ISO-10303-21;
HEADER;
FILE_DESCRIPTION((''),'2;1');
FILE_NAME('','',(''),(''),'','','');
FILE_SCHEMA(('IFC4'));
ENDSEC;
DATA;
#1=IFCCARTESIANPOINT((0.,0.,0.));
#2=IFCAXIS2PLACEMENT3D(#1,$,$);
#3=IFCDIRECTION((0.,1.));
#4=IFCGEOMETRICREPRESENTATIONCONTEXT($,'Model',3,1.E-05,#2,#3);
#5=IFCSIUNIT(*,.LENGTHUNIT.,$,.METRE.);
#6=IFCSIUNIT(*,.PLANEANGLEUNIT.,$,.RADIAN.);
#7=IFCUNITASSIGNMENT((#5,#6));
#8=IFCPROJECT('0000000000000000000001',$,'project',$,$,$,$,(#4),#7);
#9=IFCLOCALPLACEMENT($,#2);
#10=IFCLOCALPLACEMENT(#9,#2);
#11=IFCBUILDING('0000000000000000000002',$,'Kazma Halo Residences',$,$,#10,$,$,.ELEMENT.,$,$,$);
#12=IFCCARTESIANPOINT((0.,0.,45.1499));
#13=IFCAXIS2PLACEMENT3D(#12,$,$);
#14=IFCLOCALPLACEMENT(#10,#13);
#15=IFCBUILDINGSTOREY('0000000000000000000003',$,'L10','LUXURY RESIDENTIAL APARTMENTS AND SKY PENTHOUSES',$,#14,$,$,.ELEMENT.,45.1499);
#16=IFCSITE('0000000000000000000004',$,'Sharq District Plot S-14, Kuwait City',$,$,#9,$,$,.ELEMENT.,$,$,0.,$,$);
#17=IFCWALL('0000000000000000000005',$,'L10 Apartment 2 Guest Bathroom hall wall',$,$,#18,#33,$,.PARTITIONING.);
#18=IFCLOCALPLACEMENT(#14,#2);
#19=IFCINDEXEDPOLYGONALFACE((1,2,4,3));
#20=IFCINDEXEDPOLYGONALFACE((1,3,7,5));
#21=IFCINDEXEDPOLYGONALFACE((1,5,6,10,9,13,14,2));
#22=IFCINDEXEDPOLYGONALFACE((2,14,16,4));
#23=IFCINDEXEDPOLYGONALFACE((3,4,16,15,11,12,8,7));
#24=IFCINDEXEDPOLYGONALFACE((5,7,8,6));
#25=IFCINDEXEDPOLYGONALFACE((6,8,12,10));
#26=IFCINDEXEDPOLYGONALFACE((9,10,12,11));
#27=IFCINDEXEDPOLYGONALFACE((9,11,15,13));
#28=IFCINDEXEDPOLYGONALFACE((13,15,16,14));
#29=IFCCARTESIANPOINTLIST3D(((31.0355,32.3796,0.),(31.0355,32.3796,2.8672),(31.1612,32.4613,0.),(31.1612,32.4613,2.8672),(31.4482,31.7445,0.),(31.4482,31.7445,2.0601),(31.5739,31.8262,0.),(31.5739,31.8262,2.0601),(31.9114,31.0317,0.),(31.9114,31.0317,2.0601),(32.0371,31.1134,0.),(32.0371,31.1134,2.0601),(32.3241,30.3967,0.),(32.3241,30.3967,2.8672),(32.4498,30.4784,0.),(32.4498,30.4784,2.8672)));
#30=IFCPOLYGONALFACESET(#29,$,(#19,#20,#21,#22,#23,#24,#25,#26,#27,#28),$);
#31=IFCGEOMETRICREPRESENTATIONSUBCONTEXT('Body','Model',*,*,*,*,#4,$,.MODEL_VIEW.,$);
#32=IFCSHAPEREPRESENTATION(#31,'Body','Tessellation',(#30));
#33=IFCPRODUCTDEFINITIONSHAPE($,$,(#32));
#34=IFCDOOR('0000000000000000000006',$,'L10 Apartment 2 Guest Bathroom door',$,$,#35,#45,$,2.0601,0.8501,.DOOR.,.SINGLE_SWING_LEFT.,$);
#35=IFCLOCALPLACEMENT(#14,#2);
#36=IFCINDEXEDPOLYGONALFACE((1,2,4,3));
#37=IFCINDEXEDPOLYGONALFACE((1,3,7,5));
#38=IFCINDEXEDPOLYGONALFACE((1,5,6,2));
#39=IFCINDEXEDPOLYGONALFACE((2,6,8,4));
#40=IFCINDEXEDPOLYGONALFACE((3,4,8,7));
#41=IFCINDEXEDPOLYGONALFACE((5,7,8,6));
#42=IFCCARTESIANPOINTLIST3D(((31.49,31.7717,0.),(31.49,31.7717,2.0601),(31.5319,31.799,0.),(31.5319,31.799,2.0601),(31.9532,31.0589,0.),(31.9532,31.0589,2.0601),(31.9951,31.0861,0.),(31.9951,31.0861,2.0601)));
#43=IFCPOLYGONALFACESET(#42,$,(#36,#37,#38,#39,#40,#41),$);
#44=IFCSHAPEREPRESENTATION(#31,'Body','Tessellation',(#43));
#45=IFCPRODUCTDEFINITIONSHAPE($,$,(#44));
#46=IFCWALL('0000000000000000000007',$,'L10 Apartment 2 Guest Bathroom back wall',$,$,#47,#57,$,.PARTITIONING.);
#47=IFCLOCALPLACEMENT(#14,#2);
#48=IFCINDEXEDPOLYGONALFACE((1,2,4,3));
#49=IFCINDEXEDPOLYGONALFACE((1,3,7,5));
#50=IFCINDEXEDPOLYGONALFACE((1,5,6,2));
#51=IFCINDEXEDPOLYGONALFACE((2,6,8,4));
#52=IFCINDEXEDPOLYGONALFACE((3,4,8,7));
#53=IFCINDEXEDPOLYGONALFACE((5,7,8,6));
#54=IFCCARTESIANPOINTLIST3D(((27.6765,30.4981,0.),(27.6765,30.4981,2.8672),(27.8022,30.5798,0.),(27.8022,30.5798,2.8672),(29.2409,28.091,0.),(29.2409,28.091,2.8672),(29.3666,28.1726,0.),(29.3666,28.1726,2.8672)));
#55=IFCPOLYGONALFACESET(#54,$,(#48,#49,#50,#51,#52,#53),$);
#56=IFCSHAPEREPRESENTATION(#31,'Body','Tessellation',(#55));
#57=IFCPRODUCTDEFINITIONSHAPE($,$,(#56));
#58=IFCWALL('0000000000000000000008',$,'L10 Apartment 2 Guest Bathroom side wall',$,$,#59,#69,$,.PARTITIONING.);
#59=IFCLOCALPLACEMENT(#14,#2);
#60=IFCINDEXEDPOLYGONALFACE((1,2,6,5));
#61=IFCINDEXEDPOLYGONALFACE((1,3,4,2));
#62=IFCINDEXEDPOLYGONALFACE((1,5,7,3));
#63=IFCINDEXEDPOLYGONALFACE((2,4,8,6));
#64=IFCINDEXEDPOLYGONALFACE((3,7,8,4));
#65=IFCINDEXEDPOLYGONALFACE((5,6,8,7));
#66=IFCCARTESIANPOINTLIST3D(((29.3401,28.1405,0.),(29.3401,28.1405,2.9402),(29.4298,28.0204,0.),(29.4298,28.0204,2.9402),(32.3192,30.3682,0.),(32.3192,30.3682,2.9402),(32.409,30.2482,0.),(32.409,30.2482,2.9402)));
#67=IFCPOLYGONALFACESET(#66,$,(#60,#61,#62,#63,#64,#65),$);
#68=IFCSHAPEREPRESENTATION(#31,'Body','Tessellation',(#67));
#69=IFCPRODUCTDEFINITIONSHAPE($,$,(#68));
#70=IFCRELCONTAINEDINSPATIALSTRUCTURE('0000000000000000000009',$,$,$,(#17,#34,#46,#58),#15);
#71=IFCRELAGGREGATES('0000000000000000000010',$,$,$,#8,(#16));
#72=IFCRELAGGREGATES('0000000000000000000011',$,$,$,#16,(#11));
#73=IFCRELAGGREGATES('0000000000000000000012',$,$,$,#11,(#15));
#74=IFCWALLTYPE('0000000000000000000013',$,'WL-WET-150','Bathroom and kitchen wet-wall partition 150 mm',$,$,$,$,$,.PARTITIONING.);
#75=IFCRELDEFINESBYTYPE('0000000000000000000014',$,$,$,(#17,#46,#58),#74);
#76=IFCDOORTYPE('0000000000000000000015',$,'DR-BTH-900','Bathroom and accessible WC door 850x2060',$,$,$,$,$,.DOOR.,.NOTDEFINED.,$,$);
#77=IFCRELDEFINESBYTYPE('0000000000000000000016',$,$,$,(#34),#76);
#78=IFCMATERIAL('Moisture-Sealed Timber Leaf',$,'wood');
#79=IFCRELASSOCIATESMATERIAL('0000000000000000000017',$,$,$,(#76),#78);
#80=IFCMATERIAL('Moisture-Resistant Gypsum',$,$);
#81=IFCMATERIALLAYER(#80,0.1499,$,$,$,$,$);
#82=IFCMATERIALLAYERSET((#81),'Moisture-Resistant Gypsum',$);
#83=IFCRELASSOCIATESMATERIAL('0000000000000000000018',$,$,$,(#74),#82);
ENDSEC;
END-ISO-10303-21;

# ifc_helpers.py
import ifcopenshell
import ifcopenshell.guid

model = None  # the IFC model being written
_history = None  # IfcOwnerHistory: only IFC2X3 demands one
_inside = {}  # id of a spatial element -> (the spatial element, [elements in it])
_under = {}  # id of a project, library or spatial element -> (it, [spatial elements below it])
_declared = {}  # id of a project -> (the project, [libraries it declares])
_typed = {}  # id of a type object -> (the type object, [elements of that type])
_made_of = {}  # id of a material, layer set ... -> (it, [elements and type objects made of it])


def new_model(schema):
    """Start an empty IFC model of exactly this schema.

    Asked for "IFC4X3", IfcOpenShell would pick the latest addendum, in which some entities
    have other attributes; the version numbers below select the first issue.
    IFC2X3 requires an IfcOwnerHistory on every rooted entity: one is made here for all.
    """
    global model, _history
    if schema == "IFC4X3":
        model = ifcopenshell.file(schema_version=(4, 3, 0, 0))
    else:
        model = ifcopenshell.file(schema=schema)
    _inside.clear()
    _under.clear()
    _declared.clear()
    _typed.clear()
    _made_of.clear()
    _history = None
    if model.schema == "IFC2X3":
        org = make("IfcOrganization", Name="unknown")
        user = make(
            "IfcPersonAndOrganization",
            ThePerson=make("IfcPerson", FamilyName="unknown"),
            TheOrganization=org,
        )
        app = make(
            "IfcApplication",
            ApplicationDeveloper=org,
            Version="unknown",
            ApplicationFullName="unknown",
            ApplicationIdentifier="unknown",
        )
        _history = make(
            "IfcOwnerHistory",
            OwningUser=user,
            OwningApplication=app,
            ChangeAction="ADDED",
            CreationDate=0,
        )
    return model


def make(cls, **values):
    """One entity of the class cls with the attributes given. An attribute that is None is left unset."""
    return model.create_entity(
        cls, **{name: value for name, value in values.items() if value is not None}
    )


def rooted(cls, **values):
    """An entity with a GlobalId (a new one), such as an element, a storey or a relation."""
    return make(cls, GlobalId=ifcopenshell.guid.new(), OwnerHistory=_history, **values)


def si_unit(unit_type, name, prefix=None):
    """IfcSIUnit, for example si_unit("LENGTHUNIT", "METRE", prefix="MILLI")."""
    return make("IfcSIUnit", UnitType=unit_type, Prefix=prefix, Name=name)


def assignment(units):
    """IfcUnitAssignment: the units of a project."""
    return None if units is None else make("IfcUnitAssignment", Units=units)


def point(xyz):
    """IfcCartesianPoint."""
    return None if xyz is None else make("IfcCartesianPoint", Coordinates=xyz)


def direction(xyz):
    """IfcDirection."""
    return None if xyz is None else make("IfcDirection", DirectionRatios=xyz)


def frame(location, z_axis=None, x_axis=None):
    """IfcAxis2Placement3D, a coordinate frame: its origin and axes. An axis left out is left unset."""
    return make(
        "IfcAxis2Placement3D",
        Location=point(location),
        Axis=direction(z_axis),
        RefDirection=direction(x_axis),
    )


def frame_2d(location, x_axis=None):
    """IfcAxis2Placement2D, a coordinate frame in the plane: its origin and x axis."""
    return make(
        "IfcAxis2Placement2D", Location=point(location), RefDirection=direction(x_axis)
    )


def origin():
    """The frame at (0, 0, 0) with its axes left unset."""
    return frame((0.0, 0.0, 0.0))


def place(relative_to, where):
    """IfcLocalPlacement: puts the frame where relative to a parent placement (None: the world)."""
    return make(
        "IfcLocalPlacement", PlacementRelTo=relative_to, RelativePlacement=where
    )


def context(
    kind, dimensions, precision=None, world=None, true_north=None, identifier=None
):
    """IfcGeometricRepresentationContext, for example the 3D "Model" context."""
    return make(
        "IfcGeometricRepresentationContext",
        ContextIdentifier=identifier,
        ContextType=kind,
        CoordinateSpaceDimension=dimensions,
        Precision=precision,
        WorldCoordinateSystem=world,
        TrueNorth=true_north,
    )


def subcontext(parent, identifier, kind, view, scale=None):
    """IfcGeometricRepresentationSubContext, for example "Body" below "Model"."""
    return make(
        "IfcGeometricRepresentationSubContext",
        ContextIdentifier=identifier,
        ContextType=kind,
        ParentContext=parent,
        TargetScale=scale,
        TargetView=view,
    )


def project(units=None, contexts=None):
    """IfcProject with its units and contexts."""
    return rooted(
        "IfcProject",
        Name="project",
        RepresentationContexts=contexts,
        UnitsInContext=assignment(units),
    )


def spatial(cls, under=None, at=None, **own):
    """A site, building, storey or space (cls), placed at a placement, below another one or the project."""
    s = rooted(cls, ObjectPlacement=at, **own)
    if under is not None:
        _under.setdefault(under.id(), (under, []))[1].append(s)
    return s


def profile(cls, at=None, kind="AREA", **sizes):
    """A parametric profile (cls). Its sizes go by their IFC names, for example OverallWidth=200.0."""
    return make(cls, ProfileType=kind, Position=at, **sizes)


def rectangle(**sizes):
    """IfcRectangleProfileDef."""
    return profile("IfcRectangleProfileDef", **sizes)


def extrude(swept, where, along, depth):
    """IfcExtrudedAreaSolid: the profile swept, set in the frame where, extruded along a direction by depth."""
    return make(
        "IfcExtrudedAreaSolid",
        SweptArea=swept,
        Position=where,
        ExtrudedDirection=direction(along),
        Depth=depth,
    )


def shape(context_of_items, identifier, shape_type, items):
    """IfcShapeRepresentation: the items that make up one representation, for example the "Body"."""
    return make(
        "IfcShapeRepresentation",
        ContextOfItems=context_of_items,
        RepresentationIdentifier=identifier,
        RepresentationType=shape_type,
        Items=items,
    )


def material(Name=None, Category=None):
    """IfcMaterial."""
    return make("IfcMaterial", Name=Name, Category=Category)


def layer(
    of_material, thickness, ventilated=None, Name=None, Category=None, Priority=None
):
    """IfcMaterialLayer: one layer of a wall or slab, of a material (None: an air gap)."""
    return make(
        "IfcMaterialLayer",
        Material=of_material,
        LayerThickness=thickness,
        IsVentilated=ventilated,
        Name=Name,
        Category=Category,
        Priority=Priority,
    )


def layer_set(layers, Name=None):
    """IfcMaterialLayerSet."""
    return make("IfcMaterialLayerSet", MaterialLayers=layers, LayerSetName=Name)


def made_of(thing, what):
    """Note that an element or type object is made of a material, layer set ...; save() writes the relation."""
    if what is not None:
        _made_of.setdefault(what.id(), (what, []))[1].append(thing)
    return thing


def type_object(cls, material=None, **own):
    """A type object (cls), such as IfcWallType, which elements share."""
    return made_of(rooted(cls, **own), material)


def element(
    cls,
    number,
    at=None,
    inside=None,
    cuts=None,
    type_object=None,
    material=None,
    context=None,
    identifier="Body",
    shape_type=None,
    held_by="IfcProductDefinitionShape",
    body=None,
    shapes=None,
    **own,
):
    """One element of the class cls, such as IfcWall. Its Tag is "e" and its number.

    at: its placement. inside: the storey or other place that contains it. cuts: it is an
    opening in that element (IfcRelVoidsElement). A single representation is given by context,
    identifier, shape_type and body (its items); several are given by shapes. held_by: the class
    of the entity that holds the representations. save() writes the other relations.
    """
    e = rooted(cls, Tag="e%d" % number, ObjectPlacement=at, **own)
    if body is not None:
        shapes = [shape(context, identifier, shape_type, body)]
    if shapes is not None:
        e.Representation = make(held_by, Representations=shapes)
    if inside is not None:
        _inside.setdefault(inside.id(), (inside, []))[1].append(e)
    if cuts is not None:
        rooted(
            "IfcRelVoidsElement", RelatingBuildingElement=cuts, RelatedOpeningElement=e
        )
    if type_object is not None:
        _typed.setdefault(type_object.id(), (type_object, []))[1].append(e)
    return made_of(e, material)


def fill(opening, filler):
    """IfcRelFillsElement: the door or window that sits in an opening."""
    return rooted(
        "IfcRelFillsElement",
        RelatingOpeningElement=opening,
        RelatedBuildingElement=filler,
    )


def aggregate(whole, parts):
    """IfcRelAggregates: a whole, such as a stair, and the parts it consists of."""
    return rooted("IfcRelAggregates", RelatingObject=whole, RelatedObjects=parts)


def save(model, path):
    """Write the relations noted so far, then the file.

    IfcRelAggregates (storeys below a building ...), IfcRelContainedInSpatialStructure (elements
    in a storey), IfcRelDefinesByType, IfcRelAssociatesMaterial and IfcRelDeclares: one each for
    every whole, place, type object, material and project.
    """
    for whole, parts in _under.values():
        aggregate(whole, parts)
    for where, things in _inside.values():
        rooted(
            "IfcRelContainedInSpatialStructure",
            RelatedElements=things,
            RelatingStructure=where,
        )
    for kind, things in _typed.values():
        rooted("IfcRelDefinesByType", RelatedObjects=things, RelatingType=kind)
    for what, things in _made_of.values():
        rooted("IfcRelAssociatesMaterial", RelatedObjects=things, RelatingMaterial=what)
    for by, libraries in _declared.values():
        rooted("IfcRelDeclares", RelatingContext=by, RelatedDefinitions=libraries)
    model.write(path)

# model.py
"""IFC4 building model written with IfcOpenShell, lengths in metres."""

from ifc_helpers import new_model, si_unit, direction, frame, frame_2d, origin, place, context, subcontext, project, spatial, rectangle, extrude, material, layer, layer_set, type_object, element, fill, save


model = new_model("IFC4")

# Units and contexts
model_context = context("Model", 3, precision=1e-05, world=origin(), true_north=direction((0.0, 1.0)))
body_context = subcontext(model_context, "Body", "Model", "MODEL_VIEW")
ifc_project = project(units=[si_unit("LENGTHUNIT", "METRE"), si_unit("PLANEANGLEUNIT", "RADIAN")], contexts=[model_context])

# Site, building, storey
site_placement = place(None, origin())
site = spatial("IfcSite", under=ifc_project, at=site_placement, Name="Sharq District Plot S-14, Kuwait City", CompositionType="ELEMENT", RefElevation=0.0)
building_placement = place(site_placement, origin())
building = spatial("IfcBuilding", under=site, at=building_placement, Name="Kazma Halo Residences", CompositionType="ELEMENT")
storey_placement = place(building_placement, frame((0.0, 0.0, 45.1499)))
storey = spatial("IfcBuildingStorey", under=building, at=storey_placement, Name="L10", Description="LUXURY RESIDENTIAL APARTMENTS AND SKY PENTHOUSES", CompositionType="ELEMENT", Elevation=45.1499)

# Wall, opening, door
ifc_material_1 = material(Name="Moisture-Sealed Timber Leaf", Category="wood")
door_type = type_object("IfcDoorType", Name="DR-BTH-900", Description="Bathroom and accessible WC door 850x2060", OperationType="NOTDEFINED", PredefinedType="DOOR", material=ifc_material_1)
ifc_material_2 = material(Name="Moisture-Resistant Gypsum")
ifc_layer_1 = layer(ifc_material_2, 0.1499)
ifc_layer_set_1 = layer_set([ifc_layer_1], Name="Moisture-Resistant Gypsum")
wall_type_1 = type_object("IfcWallType", Name="WL-WET-150", Description="Bathroom and kitchen wet-wall partition 150 mm", PredefinedType="PARTITIONING", material=ifc_layer_set_1)
wall_1_placement = place(storey_placement, frame((31.0984, 32.4204, 0.0), z_axis=(0.0, 0.0, 1.0), x_axis=(0.544894, -0.838505, 0.0)))
wall_1 = element("IfcWall", 1, at=wall_1_placement, inside=storey, type_object=wall_type_1, Name="L10 Apartment 2 Guest Bathroom hall wall", PredefinedType="PARTITIONING", context=body_context, shape_type="SweptSolid", body=[
    extrude(rectangle(XDim=2.3647, YDim=0.1499, at=frame_2d((1.1824, 0.0))), origin(), (0.0, 0.0, 1.0), 2.8672),
])
opening_1_placement = place(wall_1_placement, frame((0.7573, 0.0, 0.0)))
opening_1 = element("IfcOpeningElement", 2, at=opening_1_placement, cuts=wall_1, PredefinedType="OPENING", context=body_context, shape_type="SweptSolid", body=[
    extrude(rectangle(XDim=0.8501, YDim=2.0601, at=frame_2d((0.425, 1.03))), frame((0.0, 0.085, 0.0), z_axis=(0.0, -1.0, 0.0), x_axis=(1.0, 0.0, 0.0)), (0.0, 0.0, 1.0), 0.1699),
])
door_1_placement = place(opening_1_placement, origin())
door_1 = element("IfcDoor", 3, at=door_1_placement, inside=storey, type_object=door_type, Name="L10 Apartment 2 Guest Bathroom door", OperationType="SINGLE_SWING_LEFT", OverallHeight=2.0601, OverallWidth=0.8501, PredefinedType="DOOR", context=body_context, shape_type="SweptSolid", body=[
    extrude(rectangle(XDim=0.8501, YDim=2.0601, at=frame_2d((0.425, 1.03))), frame((0.0, 0.0249, 0.0), z_axis=(0.0, -1.0, 0.0), x_axis=(1.0, 0.0, 0.0)), (0.0, 0.0, 1.0), 0.05),
])
fill(opening_1, door_1)

# Walls
wall_2_placement = place(storey_placement, frame((27.7393, 30.5391, 0.0), z_axis=(0.0, 0.0, 1.0), x_axis=(0.544929, -0.838482, 0.0)))
element("IfcWall", 4, at=wall_2_placement, inside=storey, type_object=wall_type_1, Name="L10 Apartment 2 Guest Bathroom back wall", PredefinedType="PARTITIONING", context=body_context, shape_type="SweptSolid", body=[
    extrude(rectangle(XDim=2.8708, YDim=0.1499, at=frame_2d((1.4355, 0.0))), origin(), (0.0, 0.0, 1.0), 2.8672),
])
wall_3_placement = place(storey_placement, frame((32.364, 30.3081, 0.0), z_axis=(0.0, 0.0, 1.0), x_axis=(-0.800858, -0.598855, 0.0)))
element("IfcWall", 5, at=wall_3_placement, inside=storey, type_object=wall_type_1, Name="L10 Apartment 2 Guest Bathroom side wall", PredefinedType="PARTITIONING", context=body_context, shape_type="SweptSolid", body=[
    extrude(rectangle(XDim=3.72, YDim=0.1499, at=frame_2d((1.8599, 0.0))), origin(), (0.0, 0.0, 1.0), 2.9402),
])

save(model, "model.ifc")
